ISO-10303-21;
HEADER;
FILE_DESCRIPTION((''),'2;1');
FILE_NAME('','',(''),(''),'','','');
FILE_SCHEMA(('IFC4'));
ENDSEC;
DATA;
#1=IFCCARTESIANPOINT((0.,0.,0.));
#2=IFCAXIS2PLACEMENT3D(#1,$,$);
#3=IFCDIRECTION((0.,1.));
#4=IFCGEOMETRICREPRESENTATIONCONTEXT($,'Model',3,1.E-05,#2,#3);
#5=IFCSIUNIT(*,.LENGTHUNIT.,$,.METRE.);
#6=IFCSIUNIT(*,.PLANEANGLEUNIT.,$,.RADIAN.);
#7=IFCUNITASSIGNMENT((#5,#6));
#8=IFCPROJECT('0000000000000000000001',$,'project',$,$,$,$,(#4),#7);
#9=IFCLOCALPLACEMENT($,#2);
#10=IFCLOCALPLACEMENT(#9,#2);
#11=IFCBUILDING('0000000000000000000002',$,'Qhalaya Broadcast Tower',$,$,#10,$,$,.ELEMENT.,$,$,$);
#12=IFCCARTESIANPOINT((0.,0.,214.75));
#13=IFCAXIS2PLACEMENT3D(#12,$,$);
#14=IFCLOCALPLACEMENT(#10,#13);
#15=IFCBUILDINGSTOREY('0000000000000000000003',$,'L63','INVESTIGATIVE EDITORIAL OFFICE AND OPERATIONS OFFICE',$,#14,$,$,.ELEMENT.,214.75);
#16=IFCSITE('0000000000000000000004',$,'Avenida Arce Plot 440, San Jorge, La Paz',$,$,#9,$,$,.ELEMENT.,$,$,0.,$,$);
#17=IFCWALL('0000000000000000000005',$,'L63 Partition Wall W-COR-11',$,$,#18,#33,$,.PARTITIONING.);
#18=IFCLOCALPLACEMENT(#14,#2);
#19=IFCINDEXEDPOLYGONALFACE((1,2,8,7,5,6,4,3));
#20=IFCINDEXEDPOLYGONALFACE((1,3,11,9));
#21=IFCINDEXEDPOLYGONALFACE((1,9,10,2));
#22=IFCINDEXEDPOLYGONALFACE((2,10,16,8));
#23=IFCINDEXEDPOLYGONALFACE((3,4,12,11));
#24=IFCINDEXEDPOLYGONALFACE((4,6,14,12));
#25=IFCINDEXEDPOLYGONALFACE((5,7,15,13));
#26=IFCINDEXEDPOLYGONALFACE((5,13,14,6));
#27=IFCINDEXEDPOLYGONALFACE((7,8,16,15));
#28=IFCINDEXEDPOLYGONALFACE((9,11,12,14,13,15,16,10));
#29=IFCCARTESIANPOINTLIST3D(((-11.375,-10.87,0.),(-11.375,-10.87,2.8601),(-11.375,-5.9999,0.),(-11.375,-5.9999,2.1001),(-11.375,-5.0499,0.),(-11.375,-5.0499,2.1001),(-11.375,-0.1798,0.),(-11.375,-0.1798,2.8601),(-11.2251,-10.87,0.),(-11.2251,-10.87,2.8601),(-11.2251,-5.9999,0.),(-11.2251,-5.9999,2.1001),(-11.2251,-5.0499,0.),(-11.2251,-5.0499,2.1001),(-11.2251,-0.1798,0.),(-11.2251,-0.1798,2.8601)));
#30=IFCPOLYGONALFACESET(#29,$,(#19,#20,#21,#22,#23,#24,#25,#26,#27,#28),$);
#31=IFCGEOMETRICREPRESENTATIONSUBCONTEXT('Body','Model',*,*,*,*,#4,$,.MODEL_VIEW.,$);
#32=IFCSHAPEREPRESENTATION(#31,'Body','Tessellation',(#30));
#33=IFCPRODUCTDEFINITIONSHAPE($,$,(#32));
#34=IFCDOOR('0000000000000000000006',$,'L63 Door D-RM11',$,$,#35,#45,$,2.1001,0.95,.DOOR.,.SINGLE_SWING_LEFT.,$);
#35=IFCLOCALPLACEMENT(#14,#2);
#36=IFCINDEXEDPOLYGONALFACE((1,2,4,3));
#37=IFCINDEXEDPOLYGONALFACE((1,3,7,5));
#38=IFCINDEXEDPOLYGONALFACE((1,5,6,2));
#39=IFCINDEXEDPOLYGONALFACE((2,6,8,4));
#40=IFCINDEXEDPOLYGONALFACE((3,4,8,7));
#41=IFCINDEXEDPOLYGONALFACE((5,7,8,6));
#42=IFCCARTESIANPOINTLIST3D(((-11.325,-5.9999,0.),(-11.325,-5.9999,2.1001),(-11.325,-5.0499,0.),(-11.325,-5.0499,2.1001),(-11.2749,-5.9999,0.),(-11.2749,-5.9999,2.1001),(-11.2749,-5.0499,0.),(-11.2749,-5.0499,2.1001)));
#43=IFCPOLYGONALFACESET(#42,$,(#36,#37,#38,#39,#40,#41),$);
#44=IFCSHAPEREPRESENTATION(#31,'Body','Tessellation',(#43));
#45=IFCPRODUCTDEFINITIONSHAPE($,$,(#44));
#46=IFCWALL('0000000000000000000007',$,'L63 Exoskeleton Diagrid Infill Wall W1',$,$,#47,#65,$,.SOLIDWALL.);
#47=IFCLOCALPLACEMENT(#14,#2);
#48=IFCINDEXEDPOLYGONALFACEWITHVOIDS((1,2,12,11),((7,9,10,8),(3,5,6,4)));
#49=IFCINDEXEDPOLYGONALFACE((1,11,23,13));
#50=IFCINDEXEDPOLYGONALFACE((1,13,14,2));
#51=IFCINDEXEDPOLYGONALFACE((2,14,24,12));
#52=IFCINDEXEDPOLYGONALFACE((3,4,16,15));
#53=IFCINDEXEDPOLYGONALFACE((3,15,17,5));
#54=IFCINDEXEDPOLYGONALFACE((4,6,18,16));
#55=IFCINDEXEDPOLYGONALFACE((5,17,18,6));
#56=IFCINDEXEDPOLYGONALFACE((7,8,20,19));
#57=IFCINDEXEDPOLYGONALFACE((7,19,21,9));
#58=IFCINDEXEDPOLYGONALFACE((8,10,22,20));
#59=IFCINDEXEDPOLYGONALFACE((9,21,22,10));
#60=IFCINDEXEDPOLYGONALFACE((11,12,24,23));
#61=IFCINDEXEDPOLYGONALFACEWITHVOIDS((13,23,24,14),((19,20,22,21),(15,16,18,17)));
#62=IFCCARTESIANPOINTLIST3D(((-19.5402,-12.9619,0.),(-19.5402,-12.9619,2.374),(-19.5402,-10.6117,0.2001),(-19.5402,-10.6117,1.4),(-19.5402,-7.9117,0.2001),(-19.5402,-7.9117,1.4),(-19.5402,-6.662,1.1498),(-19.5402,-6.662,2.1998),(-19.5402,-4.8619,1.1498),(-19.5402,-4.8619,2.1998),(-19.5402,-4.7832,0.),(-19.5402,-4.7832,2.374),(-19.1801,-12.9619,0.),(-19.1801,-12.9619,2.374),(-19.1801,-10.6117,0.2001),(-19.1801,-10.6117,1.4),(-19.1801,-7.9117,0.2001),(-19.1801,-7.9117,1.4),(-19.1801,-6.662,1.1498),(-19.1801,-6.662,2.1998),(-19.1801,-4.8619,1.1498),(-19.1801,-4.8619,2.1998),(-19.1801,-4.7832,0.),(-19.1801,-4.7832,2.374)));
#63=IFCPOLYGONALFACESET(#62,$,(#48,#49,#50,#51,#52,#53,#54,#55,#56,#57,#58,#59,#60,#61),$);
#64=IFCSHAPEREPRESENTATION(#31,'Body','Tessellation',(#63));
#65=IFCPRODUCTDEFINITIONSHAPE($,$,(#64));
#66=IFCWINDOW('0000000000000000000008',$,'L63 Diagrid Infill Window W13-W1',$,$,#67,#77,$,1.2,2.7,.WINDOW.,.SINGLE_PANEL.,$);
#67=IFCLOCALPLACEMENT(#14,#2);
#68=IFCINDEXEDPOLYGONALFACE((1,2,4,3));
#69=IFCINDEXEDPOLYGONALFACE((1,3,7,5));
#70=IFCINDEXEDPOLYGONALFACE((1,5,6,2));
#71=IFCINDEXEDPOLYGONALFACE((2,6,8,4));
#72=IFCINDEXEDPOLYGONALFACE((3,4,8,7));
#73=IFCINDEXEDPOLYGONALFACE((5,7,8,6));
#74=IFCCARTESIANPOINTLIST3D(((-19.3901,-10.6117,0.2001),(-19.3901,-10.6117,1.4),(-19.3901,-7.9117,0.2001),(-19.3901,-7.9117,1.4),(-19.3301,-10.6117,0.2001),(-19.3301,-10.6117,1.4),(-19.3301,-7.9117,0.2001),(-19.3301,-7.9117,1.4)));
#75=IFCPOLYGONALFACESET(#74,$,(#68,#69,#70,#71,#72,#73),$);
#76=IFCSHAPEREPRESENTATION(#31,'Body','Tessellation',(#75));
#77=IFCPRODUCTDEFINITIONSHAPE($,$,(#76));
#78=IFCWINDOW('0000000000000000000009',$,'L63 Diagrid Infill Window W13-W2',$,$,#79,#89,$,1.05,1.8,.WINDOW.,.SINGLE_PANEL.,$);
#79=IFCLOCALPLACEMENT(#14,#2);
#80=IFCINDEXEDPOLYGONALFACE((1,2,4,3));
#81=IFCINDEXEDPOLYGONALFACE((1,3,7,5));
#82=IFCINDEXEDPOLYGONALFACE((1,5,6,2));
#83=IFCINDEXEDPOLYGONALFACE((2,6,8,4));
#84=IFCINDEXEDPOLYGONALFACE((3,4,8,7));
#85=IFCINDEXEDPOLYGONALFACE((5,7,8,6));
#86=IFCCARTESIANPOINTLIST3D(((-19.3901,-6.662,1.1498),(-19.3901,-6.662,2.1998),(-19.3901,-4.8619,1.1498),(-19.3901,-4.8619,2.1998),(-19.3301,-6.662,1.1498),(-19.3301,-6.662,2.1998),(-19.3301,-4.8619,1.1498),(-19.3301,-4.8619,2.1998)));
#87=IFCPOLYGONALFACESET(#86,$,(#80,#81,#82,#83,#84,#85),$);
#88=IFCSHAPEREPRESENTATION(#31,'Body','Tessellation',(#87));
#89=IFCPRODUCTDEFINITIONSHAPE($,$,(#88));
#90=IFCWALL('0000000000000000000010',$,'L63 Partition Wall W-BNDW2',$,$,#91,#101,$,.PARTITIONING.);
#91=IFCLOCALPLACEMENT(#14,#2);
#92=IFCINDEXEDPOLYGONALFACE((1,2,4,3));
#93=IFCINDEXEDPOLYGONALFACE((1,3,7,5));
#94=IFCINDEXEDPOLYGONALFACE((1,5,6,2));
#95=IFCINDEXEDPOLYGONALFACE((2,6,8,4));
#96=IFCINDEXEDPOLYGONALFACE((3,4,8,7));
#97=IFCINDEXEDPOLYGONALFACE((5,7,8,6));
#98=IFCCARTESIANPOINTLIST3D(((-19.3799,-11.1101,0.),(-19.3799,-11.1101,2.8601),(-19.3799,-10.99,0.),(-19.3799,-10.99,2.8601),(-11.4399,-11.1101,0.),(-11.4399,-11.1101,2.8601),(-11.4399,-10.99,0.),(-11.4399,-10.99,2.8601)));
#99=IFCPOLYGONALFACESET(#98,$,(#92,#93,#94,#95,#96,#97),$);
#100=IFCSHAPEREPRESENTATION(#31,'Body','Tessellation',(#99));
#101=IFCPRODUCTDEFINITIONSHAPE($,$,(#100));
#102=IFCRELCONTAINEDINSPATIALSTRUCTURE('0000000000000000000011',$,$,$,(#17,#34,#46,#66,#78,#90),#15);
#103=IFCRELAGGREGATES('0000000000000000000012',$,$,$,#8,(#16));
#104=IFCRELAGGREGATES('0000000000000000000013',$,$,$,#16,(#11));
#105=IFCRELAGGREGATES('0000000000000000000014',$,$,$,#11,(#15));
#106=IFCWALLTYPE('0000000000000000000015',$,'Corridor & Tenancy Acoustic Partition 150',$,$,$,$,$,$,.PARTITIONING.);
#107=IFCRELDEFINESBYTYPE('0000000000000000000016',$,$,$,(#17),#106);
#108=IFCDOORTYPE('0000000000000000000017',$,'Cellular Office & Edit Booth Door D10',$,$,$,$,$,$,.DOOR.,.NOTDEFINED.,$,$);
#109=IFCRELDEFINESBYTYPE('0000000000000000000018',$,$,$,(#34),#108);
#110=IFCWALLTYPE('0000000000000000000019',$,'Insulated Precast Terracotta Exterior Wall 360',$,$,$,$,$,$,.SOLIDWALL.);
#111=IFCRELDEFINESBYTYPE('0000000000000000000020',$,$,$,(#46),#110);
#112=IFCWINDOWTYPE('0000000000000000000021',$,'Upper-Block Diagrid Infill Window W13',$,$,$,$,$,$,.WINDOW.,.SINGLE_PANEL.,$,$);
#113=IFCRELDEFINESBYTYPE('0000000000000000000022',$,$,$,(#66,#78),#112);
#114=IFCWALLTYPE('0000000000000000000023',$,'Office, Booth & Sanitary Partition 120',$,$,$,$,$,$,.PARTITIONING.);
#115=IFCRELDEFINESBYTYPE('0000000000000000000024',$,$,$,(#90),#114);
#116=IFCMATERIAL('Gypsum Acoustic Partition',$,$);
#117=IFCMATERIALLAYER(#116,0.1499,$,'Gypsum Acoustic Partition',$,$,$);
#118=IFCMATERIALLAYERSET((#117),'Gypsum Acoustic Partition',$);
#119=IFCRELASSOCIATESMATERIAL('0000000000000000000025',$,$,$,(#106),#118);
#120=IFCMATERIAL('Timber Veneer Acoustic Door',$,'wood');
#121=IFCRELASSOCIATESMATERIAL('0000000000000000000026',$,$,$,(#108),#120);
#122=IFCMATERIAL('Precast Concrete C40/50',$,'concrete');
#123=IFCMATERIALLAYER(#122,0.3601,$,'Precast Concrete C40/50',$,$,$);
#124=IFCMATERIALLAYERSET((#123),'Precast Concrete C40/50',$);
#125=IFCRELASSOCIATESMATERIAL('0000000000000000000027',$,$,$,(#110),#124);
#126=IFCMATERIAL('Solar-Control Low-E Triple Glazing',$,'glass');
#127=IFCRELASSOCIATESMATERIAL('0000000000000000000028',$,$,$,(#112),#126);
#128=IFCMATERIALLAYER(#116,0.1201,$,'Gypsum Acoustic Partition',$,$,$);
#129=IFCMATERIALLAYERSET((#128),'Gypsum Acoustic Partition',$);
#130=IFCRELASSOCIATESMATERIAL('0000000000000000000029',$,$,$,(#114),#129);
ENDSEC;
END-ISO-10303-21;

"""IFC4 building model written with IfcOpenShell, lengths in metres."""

from ifc_helpers import new_model, si_unit, direction, frame, frame_2d, origin, place, context, subcontext, project, spatial, rectangle, extrude, material, layer, layer_set, type_object, element, fill, save


model = new_model("IFC4")

# Units and contexts
model_context = context("Model", 3, precision=1e-05, world=origin(), true_north=direction((0.0, 1.0)))
body_context = subcontext(model_context, "Body", "Model", "MODEL_VIEW")
ifc_project = project(units=[si_unit("LENGTHUNIT", "METRE"), si_unit("PLANEANGLEUNIT", "RADIAN")], contexts=[model_context])

# Site, building, storey
site_placement = place(None, origin())
site = spatial("IfcSite", under=ifc_project, at=site_placement, Name="Avenida Arce Plot 440, San Jorge, La Paz", CompositionType="ELEMENT", RefElevation=0.0)
building_placement = place(site_placement, origin())
building = spatial("IfcBuilding", under=site, at=building_placement, Name="Qhalaya Broadcast Tower", CompositionType="ELEMENT")
storey_placement = place(building_placement, frame((0.0, 0.0, 214.75)))
storey = spatial("IfcBuildingStorey", under=building, at=storey_placement, Name="L63", Description="INVESTIGATIVE EDITORIAL OFFICE AND OPERATIONS OFFICE", CompositionType="ELEMENT", Elevation=214.75)

# Wall, opening, door
ifc_material_1 = material(Name="Gypsum Acoustic Partition")
ifc_layer_1 = layer(ifc_material_1, 0.1499, Name="Gypsum Acoustic Partition")
ifc_layer_set_1 = layer_set([ifc_layer_1], Name="Gypsum Acoustic Partition")
wall_type_1 = type_object("IfcWallType", Name="Corridor & Tenancy Acoustic Partition 150", PredefinedType="PARTITIONING", material=ifc_layer_set_1)
ifc_material_2 = material(Name="Timber Veneer Acoustic Door", Category="wood")
door_type = type_object("IfcDoorType", Name="Cellular Office & Edit Booth Door D10", OperationType="NOTDEFINED", PredefinedType="DOOR", material=ifc_material_2)
wall_1_placement = place(storey_placement, frame((-11.3, -10.8701, 0.0), z_axis=(0.0, 0.0, 1.0), x_axis=(0.0, 1.0, 0.0)))
wall_1 = element("IfcWall", 1, at=wall_1_placement, inside=storey, type_object=wall_type_1, Name="L63 Partition Wall W-COR-11", PredefinedType="PARTITIONING", context=body_context, shape_type="SweptSolid", body=[
    extrude(rectangle(XDim=10.6902, YDim=0.1499, at=frame_2d((5.3452, 0.0))), origin(), (0.0, 0.0, 1.0), 2.8601),
])
opening_1_placement = place(wall_1_placement, frame((4.8701, 0.0, 0.0)))
opening_1 = element("IfcOpeningElement", 2, at=opening_1_placement, cuts=wall_1, PredefinedType="OPENING", context=body_context, shape_type="SweptSolid", body=[
    extrude(rectangle(XDim=0.95, YDim=2.1001, at=frame_2d((0.4751, 1.05))), frame((0.0, 0.0869, 0.0), z_axis=(0.0, -1.0, 0.0), x_axis=(1.0, 0.0, 0.0)), (0.0, 0.0, 1.0), 0.1738),
])
door_1_placement = place(opening_1_placement, origin())
door_1 = element("IfcDoor", 3, at=door_1_placement, inside=storey, type_object=door_type, Name="L63 Door D-RM11", OperationType="SINGLE_SWING_LEFT", OverallHeight=2.1001, OverallWidth=0.95, PredefinedType="DOOR", context=body_context, shape_type="SweptSolid", body=[
    extrude(rectangle(XDim=0.95, YDim=2.1001, at=frame_2d((0.4751, 1.05))), frame((0.0, 0.0249, 0.0), z_axis=(0.0, -1.0, 0.0), x_axis=(1.0, 0.0, 0.0)), (0.0, 0.0, 1.0), 0.05),
])
fill(opening_1, door_1)

# Wall, openings, windows
ifc_material_3 = material(Name="Precast Concrete C40/50", Category="concrete")
ifc_layer_2 = layer(ifc_material_3, 0.3601, Name="Precast Concrete C40/50")
ifc_layer_set_2 = layer_set([ifc_layer_2], Name="Precast Concrete C40/50")
wall_type_2 = type_object("IfcWallType", Name="Insulated Precast Terracotta Exterior Wall 360", PredefinedType="SOLIDWALL", material=ifc_layer_set_2)
wall_2_placement = place(storey_placement, frame((-19.3601, -12.9619, 0.0), z_axis=(0.0, 0.0, 1.0), x_axis=(0.0, 1.0, 0.0)))
wall_2 = element("IfcWall", 4, at=wall_2_placement, inside=storey, type_object=wall_type_2, Name="L63 Exoskeleton Diagrid Infill Wall W1", PredefinedType="SOLIDWALL", context=body_context, shape_type="SweptSolid", body=[
    extrude(rectangle(XDim=8.1787, YDim=0.3601, at=frame_2d((4.0894, 0.0))), origin(), (0.0, 0.0, 1.0), 2.374),
])
opening_2_placement = place(wall_2_placement, frame((2.3501, 0.0, 0.2)))
opening_2 = element("IfcOpeningElement", 5, at=opening_2_placement, cuts=wall_2, PredefinedType="OPENING", context=body_context, shape_type="SweptSolid", body=[
    extrude(rectangle(XDim=2.7, YDim=1.2, at=frame_2d((1.3501, 0.6001))), frame((0.0, 0.1921, 0.0), z_axis=(0.0, -1.0, 0.0), x_axis=(1.0, 0.0, 0.0)), (0.0, 0.0, 1.0), 0.384),
])
opening_3_placement = place(wall_2_placement, frame((6.3, 0.0, 1.1499)))
opening_3 = element("IfcOpeningElement", 6, at=opening_3_placement, cuts=wall_2, PredefinedType="OPENING", context=body_context, shape_type="SweptSolid", body=[
    extrude(rectangle(XDim=1.8, YDim=1.05, at=frame_2d((0.8999, 0.5249))), frame((0.0, 0.1921, 0.0), z_axis=(0.0, -1.0, 0.0), x_axis=(1.0, 0.0, 0.0)), (0.0, 0.0, 1.0), 0.384),
])
ifc_material_4 = material(Name="Solar-Control Low-E Triple Glazing", Category="glass")
window_type = type_object("IfcWindowType", Name="Upper-Block Diagrid Infill Window W13", PartitioningType="SINGLE_PANEL", PredefinedType="WINDOW", material=ifc_material_4)
window_1_placement = place(opening_2_placement, origin())
window_1 = element("IfcWindow", 7, at=window_1_placement, inside=storey, type_object=window_type, Name="L63 Diagrid Infill Window W13-W1", OverallHeight=1.2, OverallWidth=2.7, PartitioningType="SINGLE_PANEL", PredefinedType="WINDOW", context=body_context, shape_type="SweptSolid", body=[
    extrude(rectangle(XDim=2.7, YDim=1.2, at=frame_2d((1.3501, 0.6001))), frame((0.0, 0.03, 0.0), z_axis=(0.0, -1.0, 0.0), x_axis=(1.0, 0.0, 0.0)), (0.0, 0.0, 1.0), 0.0601),
])
fill(opening_2, window_1)
window_2_placement = place(opening_3_placement, origin())
window_2 = element("IfcWindow", 8, at=window_2_placement, inside=storey, type_object=window_type, Name="L63 Diagrid Infill Window W13-W2", OverallHeight=1.05, OverallWidth=1.8, PartitioningType="SINGLE_PANEL", PredefinedType="WINDOW", context=body_context, shape_type="SweptSolid", body=[
    extrude(rectangle(XDim=1.8, YDim=1.05, at=frame_2d((0.8999, 0.5249))), frame((0.0, 0.03, 0.0), z_axis=(0.0, -1.0, 0.0), x_axis=(1.0, 0.0, 0.0)), (0.0, 0.0, 1.0), 0.0601),
])
fill(opening_3, window_2)

# Wall
ifc_layer_3 = layer(ifc_material_1, 0.1201, Name="Gypsum Acoustic Partition")
ifc_layer_set_3 = layer_set([ifc_layer_3], Name="Gypsum Acoustic Partition")
wall_type_3 = type_object("IfcWallType", Name="Office, Booth & Sanitary Partition 120", PredefinedType="PARTITIONING", material=ifc_layer_set_3)
wall_3_placement = place(storey_placement, frame((-19.3799, -11.05, 0.0), z_axis=(0.0, 0.0, 1.0), x_axis=(1.0, 0.0, 0.0)))
element("IfcWall", 9, at=wall_3_placement, inside=storey, type_object=wall_type_3, Name="L63 Partition Wall W-BNDW2", PredefinedType="PARTITIONING", context=body_context, shape_type="SweptSolid", body=[
    extrude(rectangle(XDim=7.9399, YDim=0.1201, at=frame_2d((3.97, 0.0))), origin(), (0.0, 0.0, 1.0), 2.8601),
])

save(model, "model.ifc")
